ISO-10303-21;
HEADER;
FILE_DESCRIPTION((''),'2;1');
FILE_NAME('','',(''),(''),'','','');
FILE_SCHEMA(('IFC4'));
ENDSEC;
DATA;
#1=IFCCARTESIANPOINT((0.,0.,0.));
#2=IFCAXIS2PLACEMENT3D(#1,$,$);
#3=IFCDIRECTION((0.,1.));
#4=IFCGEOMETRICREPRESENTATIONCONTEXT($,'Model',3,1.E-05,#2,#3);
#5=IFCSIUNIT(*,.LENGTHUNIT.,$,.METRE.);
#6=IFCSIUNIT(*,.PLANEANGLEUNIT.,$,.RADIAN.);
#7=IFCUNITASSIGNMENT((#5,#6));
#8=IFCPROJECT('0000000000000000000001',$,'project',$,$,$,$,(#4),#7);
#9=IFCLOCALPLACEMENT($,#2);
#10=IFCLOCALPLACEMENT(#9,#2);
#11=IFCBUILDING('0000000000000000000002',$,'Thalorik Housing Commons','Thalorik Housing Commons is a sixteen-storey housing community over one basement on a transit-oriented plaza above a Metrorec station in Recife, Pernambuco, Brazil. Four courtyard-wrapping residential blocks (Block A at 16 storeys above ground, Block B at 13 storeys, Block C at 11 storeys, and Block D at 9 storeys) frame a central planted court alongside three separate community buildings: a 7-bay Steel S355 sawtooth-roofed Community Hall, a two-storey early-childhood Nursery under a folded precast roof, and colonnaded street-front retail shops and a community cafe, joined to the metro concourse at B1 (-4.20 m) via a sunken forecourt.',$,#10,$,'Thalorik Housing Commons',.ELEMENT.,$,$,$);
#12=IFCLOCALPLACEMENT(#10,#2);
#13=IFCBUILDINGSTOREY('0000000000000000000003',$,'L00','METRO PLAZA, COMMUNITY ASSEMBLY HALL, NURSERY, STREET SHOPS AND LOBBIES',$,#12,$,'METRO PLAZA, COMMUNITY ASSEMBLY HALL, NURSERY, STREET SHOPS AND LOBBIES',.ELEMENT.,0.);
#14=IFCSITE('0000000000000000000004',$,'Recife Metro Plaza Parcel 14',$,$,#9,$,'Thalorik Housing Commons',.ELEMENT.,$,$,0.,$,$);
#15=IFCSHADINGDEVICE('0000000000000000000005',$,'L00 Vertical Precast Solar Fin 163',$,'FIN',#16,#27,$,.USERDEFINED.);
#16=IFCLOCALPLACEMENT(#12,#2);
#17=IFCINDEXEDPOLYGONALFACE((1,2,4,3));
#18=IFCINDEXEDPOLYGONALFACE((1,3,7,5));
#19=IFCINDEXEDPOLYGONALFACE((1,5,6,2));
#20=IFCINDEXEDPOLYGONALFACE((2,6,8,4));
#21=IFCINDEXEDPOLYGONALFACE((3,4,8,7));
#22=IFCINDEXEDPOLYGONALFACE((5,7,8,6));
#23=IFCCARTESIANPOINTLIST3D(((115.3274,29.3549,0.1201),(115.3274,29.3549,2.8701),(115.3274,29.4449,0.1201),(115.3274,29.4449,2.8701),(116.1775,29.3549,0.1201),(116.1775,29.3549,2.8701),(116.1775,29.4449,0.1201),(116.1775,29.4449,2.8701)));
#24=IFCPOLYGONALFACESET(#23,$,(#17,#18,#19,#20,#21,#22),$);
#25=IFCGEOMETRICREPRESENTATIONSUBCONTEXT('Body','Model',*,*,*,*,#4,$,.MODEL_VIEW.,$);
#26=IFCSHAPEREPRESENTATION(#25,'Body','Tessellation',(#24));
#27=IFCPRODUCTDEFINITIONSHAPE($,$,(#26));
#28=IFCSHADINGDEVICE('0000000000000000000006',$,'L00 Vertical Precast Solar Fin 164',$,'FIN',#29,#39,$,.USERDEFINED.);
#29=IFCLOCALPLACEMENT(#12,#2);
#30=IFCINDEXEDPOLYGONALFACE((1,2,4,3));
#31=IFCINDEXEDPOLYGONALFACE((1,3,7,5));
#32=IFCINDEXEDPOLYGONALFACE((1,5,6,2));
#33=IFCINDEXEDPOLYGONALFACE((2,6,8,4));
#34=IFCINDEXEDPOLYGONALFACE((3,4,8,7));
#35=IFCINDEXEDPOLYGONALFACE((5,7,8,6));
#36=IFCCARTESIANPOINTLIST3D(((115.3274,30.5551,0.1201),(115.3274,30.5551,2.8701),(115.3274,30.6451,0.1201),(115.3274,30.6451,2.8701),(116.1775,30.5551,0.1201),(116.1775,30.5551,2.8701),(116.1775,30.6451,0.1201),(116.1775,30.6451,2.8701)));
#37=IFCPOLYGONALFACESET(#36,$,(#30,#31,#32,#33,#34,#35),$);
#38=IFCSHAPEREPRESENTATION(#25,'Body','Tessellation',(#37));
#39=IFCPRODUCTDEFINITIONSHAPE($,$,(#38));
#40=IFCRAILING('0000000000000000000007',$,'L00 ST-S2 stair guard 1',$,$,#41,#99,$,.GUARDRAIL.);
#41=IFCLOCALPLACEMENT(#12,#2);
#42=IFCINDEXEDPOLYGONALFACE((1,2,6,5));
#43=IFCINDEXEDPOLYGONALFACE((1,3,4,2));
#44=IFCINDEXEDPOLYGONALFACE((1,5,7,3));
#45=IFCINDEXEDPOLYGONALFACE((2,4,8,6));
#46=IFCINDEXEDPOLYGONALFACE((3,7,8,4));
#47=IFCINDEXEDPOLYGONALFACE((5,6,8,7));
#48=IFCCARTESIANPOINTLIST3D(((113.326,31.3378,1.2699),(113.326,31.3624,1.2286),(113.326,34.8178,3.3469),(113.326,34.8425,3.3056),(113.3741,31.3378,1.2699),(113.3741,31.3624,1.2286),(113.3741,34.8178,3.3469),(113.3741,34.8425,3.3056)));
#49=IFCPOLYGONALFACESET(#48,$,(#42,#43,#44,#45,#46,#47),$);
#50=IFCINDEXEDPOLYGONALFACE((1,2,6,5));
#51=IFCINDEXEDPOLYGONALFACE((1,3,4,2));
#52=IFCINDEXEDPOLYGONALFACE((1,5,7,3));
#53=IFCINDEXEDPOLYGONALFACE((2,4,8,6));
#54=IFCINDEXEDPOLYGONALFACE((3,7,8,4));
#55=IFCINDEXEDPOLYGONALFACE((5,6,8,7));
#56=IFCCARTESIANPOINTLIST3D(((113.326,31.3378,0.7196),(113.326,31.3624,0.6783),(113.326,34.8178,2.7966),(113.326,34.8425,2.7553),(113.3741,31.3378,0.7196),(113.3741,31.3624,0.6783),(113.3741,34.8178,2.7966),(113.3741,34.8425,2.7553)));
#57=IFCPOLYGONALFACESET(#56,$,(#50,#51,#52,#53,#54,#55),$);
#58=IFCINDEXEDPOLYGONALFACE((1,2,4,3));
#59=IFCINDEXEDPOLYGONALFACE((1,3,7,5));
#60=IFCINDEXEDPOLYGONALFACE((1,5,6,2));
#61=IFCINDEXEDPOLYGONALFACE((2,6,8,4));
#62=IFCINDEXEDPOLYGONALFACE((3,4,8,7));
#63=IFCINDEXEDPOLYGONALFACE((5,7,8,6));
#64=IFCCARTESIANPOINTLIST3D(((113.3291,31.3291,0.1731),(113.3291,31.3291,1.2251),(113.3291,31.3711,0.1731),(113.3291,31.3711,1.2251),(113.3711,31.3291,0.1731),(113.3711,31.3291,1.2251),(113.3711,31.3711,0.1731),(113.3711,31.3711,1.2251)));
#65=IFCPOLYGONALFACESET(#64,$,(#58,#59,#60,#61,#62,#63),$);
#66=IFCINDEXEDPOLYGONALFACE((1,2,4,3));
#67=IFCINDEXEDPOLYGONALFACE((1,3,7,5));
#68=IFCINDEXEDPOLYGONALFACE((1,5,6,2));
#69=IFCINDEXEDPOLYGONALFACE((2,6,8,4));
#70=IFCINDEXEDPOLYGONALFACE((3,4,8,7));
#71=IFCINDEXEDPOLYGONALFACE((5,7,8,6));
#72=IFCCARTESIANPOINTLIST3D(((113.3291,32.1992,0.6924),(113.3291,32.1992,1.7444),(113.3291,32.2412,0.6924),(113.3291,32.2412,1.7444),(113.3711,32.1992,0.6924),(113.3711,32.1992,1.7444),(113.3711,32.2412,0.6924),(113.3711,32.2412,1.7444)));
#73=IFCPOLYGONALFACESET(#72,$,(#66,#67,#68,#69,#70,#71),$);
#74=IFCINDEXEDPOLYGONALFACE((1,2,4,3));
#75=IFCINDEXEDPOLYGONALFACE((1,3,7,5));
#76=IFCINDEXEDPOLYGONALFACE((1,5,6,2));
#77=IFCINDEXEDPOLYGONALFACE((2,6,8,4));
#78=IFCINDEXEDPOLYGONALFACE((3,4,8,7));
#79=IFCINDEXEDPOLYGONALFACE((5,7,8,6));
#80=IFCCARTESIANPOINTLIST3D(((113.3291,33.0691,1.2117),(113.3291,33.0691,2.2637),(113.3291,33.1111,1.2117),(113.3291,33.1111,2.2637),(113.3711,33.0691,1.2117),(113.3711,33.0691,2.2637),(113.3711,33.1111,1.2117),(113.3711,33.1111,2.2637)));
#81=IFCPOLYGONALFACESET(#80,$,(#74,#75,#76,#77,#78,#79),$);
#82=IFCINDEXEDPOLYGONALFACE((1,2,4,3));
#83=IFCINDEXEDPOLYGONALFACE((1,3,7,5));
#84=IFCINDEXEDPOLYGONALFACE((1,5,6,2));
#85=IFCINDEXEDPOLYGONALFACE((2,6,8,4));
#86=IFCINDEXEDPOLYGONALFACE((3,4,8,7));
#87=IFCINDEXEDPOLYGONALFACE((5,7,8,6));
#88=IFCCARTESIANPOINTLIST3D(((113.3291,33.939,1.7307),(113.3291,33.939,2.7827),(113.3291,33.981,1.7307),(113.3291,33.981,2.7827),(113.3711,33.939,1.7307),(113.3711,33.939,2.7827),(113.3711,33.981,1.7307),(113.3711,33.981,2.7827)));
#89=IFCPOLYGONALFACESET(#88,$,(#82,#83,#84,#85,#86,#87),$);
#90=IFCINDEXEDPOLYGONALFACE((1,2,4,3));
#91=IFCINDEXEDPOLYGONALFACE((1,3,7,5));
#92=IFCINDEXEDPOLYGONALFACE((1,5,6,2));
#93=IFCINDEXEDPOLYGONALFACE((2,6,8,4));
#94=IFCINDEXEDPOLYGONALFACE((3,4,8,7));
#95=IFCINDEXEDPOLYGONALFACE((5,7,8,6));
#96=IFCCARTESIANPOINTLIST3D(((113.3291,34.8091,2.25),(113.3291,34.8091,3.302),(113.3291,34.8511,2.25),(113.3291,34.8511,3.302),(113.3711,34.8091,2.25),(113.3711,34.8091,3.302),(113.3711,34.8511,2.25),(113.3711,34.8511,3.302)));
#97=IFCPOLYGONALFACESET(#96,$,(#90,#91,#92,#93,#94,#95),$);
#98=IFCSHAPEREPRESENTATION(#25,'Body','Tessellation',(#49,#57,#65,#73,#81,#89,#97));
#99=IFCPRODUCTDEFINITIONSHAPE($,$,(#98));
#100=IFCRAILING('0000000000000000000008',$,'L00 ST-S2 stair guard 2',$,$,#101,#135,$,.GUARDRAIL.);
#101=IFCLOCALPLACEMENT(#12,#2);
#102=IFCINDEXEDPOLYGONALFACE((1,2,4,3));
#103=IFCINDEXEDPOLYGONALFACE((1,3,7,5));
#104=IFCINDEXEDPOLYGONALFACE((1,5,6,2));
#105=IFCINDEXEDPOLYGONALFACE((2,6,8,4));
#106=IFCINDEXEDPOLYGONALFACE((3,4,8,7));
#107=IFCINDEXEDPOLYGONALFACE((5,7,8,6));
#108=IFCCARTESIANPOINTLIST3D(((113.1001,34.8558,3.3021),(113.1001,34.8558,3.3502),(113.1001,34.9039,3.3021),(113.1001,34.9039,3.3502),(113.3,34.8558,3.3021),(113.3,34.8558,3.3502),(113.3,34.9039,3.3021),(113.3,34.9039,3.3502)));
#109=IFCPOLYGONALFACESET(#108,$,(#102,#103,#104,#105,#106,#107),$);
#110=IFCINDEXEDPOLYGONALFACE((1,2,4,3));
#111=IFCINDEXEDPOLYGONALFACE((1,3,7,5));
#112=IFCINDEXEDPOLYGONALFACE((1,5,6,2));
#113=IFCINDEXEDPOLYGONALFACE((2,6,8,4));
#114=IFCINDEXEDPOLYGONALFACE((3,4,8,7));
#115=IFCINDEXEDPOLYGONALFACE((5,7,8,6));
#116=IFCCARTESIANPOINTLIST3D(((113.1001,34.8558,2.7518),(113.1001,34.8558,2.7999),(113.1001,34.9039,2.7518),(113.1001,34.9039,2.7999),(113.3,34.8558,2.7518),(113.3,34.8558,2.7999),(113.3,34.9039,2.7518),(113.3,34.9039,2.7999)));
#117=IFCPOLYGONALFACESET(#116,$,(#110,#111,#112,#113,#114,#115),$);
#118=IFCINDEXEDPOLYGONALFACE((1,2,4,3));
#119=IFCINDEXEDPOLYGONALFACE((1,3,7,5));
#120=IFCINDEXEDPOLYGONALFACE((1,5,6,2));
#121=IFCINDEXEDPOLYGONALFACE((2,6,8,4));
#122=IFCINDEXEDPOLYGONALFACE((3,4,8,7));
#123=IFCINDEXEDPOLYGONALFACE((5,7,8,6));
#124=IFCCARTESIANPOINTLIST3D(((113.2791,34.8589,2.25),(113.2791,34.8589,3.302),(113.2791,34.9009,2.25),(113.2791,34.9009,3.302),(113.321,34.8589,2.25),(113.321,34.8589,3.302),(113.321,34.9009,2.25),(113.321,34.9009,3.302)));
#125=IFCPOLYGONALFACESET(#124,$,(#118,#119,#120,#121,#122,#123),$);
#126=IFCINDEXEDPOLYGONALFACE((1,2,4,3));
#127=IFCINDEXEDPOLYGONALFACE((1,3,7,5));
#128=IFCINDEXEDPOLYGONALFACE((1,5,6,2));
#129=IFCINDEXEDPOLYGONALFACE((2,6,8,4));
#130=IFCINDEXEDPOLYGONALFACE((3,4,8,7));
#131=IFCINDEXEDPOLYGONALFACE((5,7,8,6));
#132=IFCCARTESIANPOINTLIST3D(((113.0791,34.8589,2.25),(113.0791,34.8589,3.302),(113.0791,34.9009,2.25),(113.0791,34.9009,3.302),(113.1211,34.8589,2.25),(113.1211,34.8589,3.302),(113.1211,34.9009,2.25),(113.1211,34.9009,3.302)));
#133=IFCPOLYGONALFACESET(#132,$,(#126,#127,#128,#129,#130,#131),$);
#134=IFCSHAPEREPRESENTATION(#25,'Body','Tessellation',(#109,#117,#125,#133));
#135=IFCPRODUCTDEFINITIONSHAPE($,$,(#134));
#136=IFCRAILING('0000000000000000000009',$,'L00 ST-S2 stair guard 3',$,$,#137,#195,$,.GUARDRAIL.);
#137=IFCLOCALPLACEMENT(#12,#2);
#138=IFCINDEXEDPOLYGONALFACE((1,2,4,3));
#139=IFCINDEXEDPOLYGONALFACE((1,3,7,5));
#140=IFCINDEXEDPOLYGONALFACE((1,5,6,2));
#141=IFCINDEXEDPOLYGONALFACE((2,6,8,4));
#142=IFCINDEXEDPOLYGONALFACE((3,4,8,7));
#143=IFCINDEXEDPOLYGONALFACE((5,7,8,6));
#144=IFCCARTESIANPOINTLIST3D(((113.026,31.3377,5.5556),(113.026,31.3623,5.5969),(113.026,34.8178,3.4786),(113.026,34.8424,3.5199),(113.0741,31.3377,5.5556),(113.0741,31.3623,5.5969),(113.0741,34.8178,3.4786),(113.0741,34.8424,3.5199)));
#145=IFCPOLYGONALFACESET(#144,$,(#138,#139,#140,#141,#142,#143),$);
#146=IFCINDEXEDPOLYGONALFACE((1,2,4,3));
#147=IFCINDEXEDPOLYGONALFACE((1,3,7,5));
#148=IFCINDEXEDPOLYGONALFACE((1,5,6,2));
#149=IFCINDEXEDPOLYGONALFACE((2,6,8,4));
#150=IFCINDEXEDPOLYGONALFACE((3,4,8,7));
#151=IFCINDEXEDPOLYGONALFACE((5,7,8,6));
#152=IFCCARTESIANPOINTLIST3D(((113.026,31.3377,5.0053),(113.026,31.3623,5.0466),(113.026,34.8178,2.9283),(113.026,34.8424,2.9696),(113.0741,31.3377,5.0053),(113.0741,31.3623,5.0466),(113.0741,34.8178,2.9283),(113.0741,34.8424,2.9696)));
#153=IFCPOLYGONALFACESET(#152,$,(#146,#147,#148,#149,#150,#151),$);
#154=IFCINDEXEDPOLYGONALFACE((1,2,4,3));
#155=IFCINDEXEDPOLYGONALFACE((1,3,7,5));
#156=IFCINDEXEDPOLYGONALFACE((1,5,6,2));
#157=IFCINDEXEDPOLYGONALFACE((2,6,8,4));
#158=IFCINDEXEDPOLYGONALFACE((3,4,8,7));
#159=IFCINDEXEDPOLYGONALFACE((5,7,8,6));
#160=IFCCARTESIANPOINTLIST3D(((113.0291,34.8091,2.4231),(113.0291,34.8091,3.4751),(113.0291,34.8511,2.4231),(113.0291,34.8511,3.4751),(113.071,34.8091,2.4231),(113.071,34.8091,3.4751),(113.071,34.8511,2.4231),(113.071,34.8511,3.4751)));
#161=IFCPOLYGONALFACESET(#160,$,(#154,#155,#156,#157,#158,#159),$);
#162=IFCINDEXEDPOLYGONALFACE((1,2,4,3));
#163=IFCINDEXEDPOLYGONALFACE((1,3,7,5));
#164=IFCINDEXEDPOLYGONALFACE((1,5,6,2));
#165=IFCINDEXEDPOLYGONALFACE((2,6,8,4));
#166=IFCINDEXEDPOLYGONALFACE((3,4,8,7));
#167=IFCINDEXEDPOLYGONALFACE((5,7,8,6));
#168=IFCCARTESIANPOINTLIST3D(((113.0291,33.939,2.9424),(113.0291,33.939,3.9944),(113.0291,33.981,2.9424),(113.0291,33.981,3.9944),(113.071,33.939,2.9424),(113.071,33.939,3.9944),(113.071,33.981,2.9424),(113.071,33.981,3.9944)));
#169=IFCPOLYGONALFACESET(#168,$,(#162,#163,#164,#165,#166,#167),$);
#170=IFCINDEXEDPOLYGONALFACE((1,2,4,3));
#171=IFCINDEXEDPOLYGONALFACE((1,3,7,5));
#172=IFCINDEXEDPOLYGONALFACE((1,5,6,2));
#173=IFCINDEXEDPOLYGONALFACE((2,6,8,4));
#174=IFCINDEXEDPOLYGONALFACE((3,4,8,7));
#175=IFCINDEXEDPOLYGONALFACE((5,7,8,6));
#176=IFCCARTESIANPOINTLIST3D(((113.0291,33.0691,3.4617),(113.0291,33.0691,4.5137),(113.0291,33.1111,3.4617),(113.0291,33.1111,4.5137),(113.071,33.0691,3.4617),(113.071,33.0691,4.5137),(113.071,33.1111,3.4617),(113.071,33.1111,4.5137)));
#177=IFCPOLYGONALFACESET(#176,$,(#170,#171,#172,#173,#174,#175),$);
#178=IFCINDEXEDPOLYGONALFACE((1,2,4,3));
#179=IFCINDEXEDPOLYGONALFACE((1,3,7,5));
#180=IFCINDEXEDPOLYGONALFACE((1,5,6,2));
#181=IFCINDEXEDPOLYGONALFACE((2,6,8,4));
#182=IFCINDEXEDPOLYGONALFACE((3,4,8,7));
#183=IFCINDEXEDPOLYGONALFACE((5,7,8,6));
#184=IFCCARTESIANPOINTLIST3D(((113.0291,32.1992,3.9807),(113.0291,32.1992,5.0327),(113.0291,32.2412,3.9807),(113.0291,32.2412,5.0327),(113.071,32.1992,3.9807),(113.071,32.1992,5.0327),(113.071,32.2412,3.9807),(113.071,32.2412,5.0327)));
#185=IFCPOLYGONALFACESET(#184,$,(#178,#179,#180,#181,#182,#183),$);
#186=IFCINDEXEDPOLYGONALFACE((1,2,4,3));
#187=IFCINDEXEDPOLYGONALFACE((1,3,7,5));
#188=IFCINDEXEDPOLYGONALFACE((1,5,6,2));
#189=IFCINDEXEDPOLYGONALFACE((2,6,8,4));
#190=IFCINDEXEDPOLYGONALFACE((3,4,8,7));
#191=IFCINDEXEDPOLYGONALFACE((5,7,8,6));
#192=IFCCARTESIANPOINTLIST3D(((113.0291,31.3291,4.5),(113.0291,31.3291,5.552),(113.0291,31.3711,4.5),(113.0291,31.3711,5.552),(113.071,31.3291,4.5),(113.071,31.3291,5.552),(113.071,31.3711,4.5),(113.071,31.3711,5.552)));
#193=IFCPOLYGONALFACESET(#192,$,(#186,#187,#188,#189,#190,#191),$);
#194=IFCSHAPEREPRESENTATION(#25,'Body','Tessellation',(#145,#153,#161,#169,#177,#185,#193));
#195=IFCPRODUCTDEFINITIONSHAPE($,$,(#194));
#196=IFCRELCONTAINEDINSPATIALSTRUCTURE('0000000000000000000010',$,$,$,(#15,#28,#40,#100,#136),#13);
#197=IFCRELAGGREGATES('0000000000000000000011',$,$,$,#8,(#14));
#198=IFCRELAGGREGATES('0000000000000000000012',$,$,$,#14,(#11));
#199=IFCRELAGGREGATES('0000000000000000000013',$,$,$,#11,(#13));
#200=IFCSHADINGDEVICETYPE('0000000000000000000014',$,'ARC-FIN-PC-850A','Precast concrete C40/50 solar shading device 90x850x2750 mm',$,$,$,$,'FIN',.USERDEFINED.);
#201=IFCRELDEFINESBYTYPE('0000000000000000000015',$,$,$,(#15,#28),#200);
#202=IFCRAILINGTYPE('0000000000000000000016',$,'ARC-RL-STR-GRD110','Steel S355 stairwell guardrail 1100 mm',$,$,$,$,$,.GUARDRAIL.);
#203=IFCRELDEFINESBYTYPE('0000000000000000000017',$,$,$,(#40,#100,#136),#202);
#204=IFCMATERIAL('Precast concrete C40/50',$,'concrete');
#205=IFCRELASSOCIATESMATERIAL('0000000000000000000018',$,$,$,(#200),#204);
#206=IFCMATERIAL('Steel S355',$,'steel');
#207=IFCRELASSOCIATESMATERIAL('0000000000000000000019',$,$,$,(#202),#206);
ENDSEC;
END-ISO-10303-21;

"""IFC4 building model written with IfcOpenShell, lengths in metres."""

from ifc_helpers import new_model, si_unit, direction, frame, origin, origin_2d, place, context, subcontext, project, spatial, rectangle, extrude, material, type_object, element, save


model = new_model("IFC4")

# Units and contexts
model_context = context("Model", 3, precision=1e-05, world=origin(), true_north=direction((0.0, 1.0)))
body_context = subcontext(model_context, "Body", "Model", "MODEL_VIEW")
ifc_project = project(units=[si_unit("LENGTHUNIT", "METRE"), si_unit("PLANEANGLEUNIT", "RADIAN")], contexts=[model_context])

# Site, building, storey
site_placement = place(None, origin())
site = spatial("IfcSite", under=ifc_project, at=site_placement, Name="Recife Metro Plaza Parcel 14", LongName="Thalorik Housing Commons", CompositionType="ELEMENT", RefElevation=0.0)
building_placement = place(site_placement, origin())
building = spatial("IfcBuilding", under=site, at=building_placement, Name="Thalorik Housing Commons", Description="Thalorik Housing Commons is a sixteen-storey housing community over one basement on a transit-oriented plaza above a Metrorec station in Recife, Pernambuco, Brazil. Four courtyard-wrapping residential blocks (Block A at 16 storeys above ground, Block B at 13 storeys, Block C at 11 storeys, and Block D at 9 storeys) frame a central planted court alongside three separate community buildings: a 7-bay Steel S355 sawtooth-roofed Community Hall, a two-storey early-childhood Nursery under a folded precast roof, and colonnaded street-front retail shops and a community cafe, joined to the metro concourse at B1 (-4.20 m) via a sunken forecourt.", LongName="Thalorik Housing Commons", CompositionType="ELEMENT")
storey_placement = place(building_placement, origin())
storey = spatial("IfcBuildingStorey", under=building, at=storey_placement, Name="L00", Description="METRO PLAZA, COMMUNITY ASSEMBLY HALL, NURSERY, STREET SHOPS AND LOBBIES", LongName="METRO PLAZA, COMMUNITY ASSEMBLY HALL, NURSERY, STREET SHOPS AND LOBBIES", CompositionType="ELEMENT", Elevation=0.0)

# Shared definitions
ifc_material_1 = material(Name="Precast concrete C40/50", Category="concrete")

# Shading devices
shading_device_type_1 = type_object("IfcShadingDeviceType", Name="ARC-FIN-PC-850A", Description="Precast concrete C40/50 solar shading device 90x850x2750 mm", ElementType="FIN", PredefinedType="USERDEFINED", material=ifc_material_1)
for number, where, z_axis, x_axis, name in (
    (1, (115.7524, 29.3999, 0.1201), (0.0, 0.0, 1.0), (0.0, 1.0, 0.0), "L00 Vertical Precast Solar Fin 163"),
    (2, (115.7524, 30.6001, 0.1201), (0.0, 0.0, 1.0), (0.0, 1.0, 0.0), "L00 Vertical Precast Solar Fin 164"),
):
    element("IfcShadingDevice", number, at=place(storey_placement, frame(where, z_axis=z_axis, x_axis=x_axis)), inside=storey, type_object=shading_device_type_1, Name=name, ObjectType="FIN", PredefinedType="USERDEFINED", context=body_context, shape_type="SweptSolid", body=[
        extrude(rectangle(XDim=0.0901, YDim=0.8501, at=origin_2d()), origin(), (0.0, 0.0, 1.0), 2.75),
    ])

# Railings
ifc_material_2 = material(Name="Steel S355", Category="steel")
railing_type_1 = type_object("IfcRailingType", Name="ARC-RL-STR-GRD110", Description="Steel S355 stairwell guardrail 1100 mm", PredefinedType="GUARDRAIL", material=ifc_material_2)
railing_1_placement = place(storey_placement, frame((113.3501, 31.3501, 0.1731)))
element("IfcRailing", 3, at=railing_1_placement, inside=storey, type_object=railing_type_1, Name="L00 ST-S2 stair guard 1", PredefinedType="GUARDRAIL", context=body_context, shape_type="SweptSolid", body=[
    extrude(rectangle(XDim=0.0481, YDim=0.0481, at=origin_2d()), frame((0.0, 0.0, 1.0762), z_axis=(0.0, 0.858697, 0.512483), x_axis=(-1.0, 0.0, 0.0)), (0.0, 0.0, 1.0), 4.0527),
    extrude(rectangle(XDim=0.0481, YDim=0.0481, at=origin_2d()), frame((0.0, 0.0, 0.5259), z_axis=(0.0, 0.858697, 0.512483), x_axis=(-1.0, 0.0, 0.0)), (0.0, 0.0, 1.0), 4.0527),
    extrude(rectangle(XDim=0.042, YDim=0.042, at=origin_2d()), origin(), (0.0, 0.0, 1.0), 1.052),
    extrude(rectangle(XDim=0.042, YDim=0.042, at=origin_2d()), frame((0.0, 0.8701, 0.5193)), (0.0, 0.0, 1.0), 1.052),
    extrude(rectangle(XDim=0.042, YDim=0.042, at=origin_2d()), frame((0.0, 1.74, 1.0386)), (0.0, 0.0, 1.0), 1.052),
    extrude(rectangle(XDim=0.042, YDim=0.042, at=origin_2d()), frame((0.0, 2.6099, 1.5576)), (0.0, 0.0, 1.0), 1.052),
    extrude(rectangle(XDim=0.042, YDim=0.042, at=origin_2d()), frame((0.0, 3.48, 2.0769)), (0.0, 0.0, 1.0), 1.052),
])
railing_2_placement = place(storey_placement, frame((113.3, 34.8799, 2.25)))
element("IfcRailing", 4, at=railing_2_placement, inside=storey, type_object=railing_type_1, Name="L00 ST-S2 stair guard 2", PredefinedType="GUARDRAIL", context=body_context, shape_type="SweptSolid", body=[
    extrude(rectangle(XDim=0.0481, YDim=0.0481, at=origin_2d()), frame((0.0, 0.0, 1.0762), z_axis=(-1.0, 0.0, 0.0), x_axis=(0.0, -1.0, 0.0)), (0.0, 0.0, 1.0), 0.2),
    extrude(rectangle(XDim=0.0481, YDim=0.0481, at=origin_2d()), frame((0.0, 0.0, 0.5259), z_axis=(-1.0, 0.0, 0.0), x_axis=(0.0, -1.0, 0.0)), (0.0, 0.0, 1.0), 0.2),
    extrude(rectangle(XDim=0.042, YDim=0.042, at=origin_2d()), origin(), (0.0, 0.0, 1.0), 1.052),
    extrude(rectangle(XDim=0.042, YDim=0.042, at=origin_2d()), frame((-0.2, 0.0, 0.0)), (0.0, 0.0, 1.0), 1.052),
])
railing_3_placement = place(storey_placement, frame((113.05, 34.8301, 2.4231)))
element("IfcRailing", 5, at=railing_3_placement, inside=storey, type_object=railing_type_1, Name="L00 ST-S2 stair guard 3", PredefinedType="GUARDRAIL", context=body_context, shape_type="SweptSolid", body=[
    extrude(rectangle(XDim=0.0481, YDim=0.0481, at=origin_2d()), frame((0.0, 0.0, 1.0762), z_axis=(0.0, -0.858697, 0.512483), x_axis=(1.0, 0.0, 0.0)), (0.0, 0.0, 1.0), 4.0527),
    extrude(rectangle(XDim=0.0481, YDim=0.0481, at=origin_2d()), frame((0.0, 0.0, 0.5259), z_axis=(0.0, -0.858697, 0.512483), x_axis=(1.0, 0.0, 0.0)), (0.0, 0.0, 1.0), 4.0527),
    extrude(rectangle(XDim=0.042, YDim=0.042, at=origin_2d()), origin(), (0.0, 0.0, 1.0), 1.052),
    extrude(rectangle(XDim=0.042, YDim=0.042, at=origin_2d()), frame((0.0, -0.8701, 0.5193)), (0.0, 0.0, 1.0), 1.052),
    extrude(rectangle(XDim=0.042, YDim=0.042, at=origin_2d()), frame((0.0, -1.74, 1.0386)), (0.0, 0.0, 1.0), 1.052),
    extrude(rectangle(XDim=0.042, YDim=0.042, at=origin_2d()), frame((0.0, -2.6099, 1.5576)), (0.0, 0.0, 1.0), 1.052),
    extrude(rectangle(XDim=0.042, YDim=0.042, at=origin_2d()), frame((0.0, -3.48, 2.0769)), (0.0, 0.0, 1.0), 1.052),
])

save(model, "model.ifc")
